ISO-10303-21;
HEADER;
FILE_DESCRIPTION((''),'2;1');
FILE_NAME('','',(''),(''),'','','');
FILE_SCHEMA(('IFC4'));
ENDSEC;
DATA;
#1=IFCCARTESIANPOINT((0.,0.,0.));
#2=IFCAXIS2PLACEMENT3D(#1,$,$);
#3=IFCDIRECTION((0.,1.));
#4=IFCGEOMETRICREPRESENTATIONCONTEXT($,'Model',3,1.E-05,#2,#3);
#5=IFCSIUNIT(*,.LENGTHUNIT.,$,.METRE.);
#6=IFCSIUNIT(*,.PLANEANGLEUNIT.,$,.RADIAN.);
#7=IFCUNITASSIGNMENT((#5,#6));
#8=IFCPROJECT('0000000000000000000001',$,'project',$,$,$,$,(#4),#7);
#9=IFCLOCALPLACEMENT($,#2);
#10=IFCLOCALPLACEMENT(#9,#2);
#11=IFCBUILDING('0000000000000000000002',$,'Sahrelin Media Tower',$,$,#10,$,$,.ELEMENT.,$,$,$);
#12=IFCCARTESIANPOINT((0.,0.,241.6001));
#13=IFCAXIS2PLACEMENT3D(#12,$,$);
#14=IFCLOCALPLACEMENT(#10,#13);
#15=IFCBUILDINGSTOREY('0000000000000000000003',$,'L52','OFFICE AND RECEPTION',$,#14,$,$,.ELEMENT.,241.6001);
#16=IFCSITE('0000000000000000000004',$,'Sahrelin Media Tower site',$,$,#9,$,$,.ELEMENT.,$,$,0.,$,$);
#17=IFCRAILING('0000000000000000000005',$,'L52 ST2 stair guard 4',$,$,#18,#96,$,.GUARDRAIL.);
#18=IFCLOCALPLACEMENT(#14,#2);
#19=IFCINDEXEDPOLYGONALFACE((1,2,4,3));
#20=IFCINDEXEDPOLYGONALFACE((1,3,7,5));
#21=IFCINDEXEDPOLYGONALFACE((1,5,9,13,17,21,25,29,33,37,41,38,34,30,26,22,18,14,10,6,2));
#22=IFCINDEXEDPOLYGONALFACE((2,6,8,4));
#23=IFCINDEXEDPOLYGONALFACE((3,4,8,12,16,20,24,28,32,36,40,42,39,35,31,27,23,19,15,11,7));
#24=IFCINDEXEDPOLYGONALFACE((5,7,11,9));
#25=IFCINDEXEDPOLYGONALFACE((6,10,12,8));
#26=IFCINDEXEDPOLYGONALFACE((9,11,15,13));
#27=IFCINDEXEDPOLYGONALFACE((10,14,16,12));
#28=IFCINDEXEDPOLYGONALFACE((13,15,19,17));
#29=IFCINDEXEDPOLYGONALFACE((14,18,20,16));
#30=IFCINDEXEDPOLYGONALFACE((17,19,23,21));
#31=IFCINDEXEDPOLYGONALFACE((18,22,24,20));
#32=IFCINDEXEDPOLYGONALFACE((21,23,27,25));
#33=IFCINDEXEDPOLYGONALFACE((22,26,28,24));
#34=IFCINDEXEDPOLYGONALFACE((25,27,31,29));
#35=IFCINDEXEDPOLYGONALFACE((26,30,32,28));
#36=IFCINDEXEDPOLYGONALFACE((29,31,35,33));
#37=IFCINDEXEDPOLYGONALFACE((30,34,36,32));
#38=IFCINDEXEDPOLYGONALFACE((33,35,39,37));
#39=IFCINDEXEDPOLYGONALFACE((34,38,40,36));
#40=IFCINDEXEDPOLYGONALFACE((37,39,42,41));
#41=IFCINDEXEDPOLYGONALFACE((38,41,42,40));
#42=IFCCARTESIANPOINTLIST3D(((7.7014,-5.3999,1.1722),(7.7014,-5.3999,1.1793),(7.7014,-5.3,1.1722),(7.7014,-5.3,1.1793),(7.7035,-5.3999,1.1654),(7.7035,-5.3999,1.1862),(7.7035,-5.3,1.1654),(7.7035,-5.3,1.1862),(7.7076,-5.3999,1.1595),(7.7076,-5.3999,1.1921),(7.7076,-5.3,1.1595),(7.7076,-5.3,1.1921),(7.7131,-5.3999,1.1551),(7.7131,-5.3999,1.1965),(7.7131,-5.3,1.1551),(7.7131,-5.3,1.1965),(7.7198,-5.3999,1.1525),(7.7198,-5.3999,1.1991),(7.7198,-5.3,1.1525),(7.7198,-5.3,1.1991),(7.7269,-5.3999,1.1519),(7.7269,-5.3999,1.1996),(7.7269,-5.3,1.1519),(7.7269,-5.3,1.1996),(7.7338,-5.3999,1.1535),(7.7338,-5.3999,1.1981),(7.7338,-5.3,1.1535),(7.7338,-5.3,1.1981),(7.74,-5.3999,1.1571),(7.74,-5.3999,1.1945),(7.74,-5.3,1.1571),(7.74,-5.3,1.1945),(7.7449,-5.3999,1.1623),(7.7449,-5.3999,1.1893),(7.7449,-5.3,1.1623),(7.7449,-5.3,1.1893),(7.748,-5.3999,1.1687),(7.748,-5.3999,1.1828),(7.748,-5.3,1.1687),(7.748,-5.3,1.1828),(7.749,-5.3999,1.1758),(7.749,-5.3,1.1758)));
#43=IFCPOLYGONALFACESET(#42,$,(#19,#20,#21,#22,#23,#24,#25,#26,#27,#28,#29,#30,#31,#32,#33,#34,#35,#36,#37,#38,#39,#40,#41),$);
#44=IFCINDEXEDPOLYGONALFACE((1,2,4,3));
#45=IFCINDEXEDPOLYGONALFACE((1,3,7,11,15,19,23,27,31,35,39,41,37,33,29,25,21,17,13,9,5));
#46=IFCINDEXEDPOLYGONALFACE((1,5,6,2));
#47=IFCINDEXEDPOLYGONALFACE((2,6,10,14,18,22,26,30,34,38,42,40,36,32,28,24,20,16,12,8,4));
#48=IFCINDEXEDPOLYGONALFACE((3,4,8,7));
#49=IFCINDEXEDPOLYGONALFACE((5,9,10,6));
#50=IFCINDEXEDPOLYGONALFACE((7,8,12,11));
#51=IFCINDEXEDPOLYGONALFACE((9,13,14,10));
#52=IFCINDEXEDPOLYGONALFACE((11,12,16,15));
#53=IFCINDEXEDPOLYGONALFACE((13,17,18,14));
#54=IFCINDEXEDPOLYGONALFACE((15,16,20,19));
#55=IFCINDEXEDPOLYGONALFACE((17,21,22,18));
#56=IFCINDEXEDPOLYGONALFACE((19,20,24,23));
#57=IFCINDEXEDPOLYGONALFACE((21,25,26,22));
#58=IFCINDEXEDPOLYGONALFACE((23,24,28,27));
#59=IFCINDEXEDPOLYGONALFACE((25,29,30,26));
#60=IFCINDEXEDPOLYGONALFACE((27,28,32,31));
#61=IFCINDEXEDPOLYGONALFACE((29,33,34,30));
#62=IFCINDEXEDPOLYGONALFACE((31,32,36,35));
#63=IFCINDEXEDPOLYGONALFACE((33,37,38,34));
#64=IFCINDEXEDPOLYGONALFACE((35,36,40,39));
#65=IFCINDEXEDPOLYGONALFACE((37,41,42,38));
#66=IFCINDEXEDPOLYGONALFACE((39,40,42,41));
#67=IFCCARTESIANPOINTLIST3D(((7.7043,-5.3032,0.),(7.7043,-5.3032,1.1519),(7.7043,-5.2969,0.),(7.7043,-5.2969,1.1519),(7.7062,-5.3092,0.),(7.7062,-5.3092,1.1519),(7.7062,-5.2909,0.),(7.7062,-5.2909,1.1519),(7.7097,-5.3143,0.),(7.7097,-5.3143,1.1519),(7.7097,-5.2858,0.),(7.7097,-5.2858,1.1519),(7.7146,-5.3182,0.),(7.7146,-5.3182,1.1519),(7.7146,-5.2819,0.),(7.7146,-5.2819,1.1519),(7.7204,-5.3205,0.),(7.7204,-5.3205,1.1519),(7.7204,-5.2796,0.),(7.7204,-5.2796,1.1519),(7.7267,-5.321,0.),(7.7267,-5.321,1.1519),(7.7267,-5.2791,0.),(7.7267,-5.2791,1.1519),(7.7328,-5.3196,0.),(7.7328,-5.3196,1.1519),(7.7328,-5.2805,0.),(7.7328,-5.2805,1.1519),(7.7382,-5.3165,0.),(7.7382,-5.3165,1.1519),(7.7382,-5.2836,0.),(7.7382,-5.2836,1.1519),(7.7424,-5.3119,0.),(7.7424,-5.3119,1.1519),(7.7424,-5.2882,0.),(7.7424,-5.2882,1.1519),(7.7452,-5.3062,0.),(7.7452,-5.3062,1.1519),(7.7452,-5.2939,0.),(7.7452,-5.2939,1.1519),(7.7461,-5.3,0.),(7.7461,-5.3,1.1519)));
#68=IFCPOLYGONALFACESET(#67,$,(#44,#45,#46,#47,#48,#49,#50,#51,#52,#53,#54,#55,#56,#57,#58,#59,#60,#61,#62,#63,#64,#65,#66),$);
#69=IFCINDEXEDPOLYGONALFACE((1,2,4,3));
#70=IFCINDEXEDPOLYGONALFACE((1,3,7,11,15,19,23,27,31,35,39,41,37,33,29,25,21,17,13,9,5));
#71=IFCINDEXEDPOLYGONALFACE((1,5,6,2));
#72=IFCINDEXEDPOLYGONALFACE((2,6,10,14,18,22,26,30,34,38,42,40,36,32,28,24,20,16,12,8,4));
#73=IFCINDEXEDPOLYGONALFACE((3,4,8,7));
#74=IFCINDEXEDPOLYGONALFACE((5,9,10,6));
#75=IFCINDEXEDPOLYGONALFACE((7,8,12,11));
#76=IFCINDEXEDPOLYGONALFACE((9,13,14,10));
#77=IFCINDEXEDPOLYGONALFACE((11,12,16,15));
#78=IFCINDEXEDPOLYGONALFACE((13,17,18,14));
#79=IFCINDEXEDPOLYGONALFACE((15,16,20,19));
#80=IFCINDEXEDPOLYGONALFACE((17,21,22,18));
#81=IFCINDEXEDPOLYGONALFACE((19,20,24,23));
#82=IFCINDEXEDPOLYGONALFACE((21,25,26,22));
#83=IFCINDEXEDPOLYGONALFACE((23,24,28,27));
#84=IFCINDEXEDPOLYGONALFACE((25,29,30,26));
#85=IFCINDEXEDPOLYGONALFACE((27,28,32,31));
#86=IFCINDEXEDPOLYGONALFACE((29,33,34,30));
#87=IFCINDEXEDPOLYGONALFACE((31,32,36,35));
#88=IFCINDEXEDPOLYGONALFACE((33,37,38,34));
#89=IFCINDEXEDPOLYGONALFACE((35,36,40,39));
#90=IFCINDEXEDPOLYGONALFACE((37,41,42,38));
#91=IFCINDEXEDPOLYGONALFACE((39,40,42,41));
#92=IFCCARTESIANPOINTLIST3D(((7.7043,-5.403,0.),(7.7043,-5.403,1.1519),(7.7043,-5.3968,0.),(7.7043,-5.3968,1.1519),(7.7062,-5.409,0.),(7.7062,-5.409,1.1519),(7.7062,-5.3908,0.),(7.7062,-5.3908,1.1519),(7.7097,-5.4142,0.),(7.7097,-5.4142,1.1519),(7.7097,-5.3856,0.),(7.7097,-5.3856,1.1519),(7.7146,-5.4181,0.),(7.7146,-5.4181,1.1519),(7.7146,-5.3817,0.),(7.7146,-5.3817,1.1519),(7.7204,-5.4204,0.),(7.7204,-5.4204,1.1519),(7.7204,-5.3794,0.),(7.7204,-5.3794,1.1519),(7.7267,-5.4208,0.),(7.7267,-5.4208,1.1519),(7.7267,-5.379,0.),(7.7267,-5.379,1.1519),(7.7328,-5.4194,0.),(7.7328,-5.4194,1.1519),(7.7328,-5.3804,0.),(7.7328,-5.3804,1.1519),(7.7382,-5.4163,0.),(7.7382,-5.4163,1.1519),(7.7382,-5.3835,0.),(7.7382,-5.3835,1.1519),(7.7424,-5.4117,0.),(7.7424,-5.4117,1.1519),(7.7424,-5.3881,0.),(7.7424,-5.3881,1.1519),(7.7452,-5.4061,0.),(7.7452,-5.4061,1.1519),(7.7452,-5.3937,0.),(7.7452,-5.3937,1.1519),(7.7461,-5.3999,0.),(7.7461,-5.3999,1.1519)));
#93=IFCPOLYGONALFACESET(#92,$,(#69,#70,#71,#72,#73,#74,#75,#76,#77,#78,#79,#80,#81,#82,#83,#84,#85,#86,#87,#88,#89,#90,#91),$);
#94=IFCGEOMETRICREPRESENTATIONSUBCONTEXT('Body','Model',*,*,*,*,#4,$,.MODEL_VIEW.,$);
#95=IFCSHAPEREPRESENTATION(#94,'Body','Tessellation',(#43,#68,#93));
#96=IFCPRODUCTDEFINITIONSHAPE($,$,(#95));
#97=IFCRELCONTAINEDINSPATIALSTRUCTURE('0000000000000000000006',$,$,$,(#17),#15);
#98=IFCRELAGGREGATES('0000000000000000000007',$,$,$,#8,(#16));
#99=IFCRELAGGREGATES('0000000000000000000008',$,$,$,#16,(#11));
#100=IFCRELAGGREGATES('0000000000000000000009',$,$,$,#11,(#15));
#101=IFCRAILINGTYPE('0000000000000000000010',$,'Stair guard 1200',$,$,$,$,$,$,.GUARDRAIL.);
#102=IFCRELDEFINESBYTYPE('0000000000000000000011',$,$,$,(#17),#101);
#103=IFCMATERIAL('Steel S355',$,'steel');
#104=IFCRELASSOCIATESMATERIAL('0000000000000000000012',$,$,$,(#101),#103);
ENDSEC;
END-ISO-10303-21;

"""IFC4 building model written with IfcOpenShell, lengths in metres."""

from ifc_helpers import new_model, si_unit, direction, frame, origin, origin_2d, place, context, subcontext, project, spatial, circle, extrude, material, type_object, element, save


model = new_model("IFC4")

# Units and contexts
model_context = context("Model", 3, precision=1e-05, world=origin(), true_north=direction((0.0, 1.0)))
body_context = subcontext(model_context, "Body", "Model", "MODEL_VIEW")
ifc_project = project(units=[si_unit("LENGTHUNIT", "METRE"), si_unit("PLANEANGLEUNIT", "RADIAN")], contexts=[model_context])

# Site, building, storey
site_placement = place(None, origin())
site = spatial("IfcSite", under=ifc_project, at=site_placement, Name="Sahrelin Media Tower site", CompositionType="ELEMENT", RefElevation=0.0)
building_placement = place(site_placement, origin())
building = spatial("IfcBuilding", under=site, at=building_placement, Name="Sahrelin Media Tower", CompositionType="ELEMENT")
storey_placement = place(building_placement, frame((0.0, 0.0, 241.6001)))
storey = spatial("IfcBuildingStorey", under=building, at=storey_placement, Name="L52", Description="OFFICE AND RECEPTION", CompositionType="ELEMENT", Elevation=241.6001)

# Shared definitions
ifc_material_1 = material(Name="Steel S355", Category="steel")

# Railing
railing_type_1 = type_object("IfcRailingType", Name="Stair guard 1200", PredefinedType="GUARDRAIL", material=ifc_material_1)
railing_1_placement = place(storey_placement, frame((7.7251, -5.3, 0.0)))
element("IfcRailing", 1, at=railing_1_placement, inside=storey, type_object=railing_type_1, Name="L52 ST2 stair guard 4", PredefinedType="GUARDRAIL", context=body_context, shape_type="SweptSolid", body=[
    extrude(circle(Radius=0.0239, at=origin_2d()), frame((0.0, 0.0, 1.1758), z_axis=(0.0, -1.0, 0.0), x_axis=(1.0, 0.0, 0.0)), (0.0, 0.0, 1.0), 0.0999),
    extrude(circle(Radius=0.021, at=origin_2d()), origin(), (0.0, 0.0, 1.0), 1.1519),
    extrude(circle(Radius=0.021, at=origin_2d()), frame((0.0, -0.0999, 0.0)), (0.0, 0.0, 1.0), 1.1519),
])

save(model, "model.ifc")
